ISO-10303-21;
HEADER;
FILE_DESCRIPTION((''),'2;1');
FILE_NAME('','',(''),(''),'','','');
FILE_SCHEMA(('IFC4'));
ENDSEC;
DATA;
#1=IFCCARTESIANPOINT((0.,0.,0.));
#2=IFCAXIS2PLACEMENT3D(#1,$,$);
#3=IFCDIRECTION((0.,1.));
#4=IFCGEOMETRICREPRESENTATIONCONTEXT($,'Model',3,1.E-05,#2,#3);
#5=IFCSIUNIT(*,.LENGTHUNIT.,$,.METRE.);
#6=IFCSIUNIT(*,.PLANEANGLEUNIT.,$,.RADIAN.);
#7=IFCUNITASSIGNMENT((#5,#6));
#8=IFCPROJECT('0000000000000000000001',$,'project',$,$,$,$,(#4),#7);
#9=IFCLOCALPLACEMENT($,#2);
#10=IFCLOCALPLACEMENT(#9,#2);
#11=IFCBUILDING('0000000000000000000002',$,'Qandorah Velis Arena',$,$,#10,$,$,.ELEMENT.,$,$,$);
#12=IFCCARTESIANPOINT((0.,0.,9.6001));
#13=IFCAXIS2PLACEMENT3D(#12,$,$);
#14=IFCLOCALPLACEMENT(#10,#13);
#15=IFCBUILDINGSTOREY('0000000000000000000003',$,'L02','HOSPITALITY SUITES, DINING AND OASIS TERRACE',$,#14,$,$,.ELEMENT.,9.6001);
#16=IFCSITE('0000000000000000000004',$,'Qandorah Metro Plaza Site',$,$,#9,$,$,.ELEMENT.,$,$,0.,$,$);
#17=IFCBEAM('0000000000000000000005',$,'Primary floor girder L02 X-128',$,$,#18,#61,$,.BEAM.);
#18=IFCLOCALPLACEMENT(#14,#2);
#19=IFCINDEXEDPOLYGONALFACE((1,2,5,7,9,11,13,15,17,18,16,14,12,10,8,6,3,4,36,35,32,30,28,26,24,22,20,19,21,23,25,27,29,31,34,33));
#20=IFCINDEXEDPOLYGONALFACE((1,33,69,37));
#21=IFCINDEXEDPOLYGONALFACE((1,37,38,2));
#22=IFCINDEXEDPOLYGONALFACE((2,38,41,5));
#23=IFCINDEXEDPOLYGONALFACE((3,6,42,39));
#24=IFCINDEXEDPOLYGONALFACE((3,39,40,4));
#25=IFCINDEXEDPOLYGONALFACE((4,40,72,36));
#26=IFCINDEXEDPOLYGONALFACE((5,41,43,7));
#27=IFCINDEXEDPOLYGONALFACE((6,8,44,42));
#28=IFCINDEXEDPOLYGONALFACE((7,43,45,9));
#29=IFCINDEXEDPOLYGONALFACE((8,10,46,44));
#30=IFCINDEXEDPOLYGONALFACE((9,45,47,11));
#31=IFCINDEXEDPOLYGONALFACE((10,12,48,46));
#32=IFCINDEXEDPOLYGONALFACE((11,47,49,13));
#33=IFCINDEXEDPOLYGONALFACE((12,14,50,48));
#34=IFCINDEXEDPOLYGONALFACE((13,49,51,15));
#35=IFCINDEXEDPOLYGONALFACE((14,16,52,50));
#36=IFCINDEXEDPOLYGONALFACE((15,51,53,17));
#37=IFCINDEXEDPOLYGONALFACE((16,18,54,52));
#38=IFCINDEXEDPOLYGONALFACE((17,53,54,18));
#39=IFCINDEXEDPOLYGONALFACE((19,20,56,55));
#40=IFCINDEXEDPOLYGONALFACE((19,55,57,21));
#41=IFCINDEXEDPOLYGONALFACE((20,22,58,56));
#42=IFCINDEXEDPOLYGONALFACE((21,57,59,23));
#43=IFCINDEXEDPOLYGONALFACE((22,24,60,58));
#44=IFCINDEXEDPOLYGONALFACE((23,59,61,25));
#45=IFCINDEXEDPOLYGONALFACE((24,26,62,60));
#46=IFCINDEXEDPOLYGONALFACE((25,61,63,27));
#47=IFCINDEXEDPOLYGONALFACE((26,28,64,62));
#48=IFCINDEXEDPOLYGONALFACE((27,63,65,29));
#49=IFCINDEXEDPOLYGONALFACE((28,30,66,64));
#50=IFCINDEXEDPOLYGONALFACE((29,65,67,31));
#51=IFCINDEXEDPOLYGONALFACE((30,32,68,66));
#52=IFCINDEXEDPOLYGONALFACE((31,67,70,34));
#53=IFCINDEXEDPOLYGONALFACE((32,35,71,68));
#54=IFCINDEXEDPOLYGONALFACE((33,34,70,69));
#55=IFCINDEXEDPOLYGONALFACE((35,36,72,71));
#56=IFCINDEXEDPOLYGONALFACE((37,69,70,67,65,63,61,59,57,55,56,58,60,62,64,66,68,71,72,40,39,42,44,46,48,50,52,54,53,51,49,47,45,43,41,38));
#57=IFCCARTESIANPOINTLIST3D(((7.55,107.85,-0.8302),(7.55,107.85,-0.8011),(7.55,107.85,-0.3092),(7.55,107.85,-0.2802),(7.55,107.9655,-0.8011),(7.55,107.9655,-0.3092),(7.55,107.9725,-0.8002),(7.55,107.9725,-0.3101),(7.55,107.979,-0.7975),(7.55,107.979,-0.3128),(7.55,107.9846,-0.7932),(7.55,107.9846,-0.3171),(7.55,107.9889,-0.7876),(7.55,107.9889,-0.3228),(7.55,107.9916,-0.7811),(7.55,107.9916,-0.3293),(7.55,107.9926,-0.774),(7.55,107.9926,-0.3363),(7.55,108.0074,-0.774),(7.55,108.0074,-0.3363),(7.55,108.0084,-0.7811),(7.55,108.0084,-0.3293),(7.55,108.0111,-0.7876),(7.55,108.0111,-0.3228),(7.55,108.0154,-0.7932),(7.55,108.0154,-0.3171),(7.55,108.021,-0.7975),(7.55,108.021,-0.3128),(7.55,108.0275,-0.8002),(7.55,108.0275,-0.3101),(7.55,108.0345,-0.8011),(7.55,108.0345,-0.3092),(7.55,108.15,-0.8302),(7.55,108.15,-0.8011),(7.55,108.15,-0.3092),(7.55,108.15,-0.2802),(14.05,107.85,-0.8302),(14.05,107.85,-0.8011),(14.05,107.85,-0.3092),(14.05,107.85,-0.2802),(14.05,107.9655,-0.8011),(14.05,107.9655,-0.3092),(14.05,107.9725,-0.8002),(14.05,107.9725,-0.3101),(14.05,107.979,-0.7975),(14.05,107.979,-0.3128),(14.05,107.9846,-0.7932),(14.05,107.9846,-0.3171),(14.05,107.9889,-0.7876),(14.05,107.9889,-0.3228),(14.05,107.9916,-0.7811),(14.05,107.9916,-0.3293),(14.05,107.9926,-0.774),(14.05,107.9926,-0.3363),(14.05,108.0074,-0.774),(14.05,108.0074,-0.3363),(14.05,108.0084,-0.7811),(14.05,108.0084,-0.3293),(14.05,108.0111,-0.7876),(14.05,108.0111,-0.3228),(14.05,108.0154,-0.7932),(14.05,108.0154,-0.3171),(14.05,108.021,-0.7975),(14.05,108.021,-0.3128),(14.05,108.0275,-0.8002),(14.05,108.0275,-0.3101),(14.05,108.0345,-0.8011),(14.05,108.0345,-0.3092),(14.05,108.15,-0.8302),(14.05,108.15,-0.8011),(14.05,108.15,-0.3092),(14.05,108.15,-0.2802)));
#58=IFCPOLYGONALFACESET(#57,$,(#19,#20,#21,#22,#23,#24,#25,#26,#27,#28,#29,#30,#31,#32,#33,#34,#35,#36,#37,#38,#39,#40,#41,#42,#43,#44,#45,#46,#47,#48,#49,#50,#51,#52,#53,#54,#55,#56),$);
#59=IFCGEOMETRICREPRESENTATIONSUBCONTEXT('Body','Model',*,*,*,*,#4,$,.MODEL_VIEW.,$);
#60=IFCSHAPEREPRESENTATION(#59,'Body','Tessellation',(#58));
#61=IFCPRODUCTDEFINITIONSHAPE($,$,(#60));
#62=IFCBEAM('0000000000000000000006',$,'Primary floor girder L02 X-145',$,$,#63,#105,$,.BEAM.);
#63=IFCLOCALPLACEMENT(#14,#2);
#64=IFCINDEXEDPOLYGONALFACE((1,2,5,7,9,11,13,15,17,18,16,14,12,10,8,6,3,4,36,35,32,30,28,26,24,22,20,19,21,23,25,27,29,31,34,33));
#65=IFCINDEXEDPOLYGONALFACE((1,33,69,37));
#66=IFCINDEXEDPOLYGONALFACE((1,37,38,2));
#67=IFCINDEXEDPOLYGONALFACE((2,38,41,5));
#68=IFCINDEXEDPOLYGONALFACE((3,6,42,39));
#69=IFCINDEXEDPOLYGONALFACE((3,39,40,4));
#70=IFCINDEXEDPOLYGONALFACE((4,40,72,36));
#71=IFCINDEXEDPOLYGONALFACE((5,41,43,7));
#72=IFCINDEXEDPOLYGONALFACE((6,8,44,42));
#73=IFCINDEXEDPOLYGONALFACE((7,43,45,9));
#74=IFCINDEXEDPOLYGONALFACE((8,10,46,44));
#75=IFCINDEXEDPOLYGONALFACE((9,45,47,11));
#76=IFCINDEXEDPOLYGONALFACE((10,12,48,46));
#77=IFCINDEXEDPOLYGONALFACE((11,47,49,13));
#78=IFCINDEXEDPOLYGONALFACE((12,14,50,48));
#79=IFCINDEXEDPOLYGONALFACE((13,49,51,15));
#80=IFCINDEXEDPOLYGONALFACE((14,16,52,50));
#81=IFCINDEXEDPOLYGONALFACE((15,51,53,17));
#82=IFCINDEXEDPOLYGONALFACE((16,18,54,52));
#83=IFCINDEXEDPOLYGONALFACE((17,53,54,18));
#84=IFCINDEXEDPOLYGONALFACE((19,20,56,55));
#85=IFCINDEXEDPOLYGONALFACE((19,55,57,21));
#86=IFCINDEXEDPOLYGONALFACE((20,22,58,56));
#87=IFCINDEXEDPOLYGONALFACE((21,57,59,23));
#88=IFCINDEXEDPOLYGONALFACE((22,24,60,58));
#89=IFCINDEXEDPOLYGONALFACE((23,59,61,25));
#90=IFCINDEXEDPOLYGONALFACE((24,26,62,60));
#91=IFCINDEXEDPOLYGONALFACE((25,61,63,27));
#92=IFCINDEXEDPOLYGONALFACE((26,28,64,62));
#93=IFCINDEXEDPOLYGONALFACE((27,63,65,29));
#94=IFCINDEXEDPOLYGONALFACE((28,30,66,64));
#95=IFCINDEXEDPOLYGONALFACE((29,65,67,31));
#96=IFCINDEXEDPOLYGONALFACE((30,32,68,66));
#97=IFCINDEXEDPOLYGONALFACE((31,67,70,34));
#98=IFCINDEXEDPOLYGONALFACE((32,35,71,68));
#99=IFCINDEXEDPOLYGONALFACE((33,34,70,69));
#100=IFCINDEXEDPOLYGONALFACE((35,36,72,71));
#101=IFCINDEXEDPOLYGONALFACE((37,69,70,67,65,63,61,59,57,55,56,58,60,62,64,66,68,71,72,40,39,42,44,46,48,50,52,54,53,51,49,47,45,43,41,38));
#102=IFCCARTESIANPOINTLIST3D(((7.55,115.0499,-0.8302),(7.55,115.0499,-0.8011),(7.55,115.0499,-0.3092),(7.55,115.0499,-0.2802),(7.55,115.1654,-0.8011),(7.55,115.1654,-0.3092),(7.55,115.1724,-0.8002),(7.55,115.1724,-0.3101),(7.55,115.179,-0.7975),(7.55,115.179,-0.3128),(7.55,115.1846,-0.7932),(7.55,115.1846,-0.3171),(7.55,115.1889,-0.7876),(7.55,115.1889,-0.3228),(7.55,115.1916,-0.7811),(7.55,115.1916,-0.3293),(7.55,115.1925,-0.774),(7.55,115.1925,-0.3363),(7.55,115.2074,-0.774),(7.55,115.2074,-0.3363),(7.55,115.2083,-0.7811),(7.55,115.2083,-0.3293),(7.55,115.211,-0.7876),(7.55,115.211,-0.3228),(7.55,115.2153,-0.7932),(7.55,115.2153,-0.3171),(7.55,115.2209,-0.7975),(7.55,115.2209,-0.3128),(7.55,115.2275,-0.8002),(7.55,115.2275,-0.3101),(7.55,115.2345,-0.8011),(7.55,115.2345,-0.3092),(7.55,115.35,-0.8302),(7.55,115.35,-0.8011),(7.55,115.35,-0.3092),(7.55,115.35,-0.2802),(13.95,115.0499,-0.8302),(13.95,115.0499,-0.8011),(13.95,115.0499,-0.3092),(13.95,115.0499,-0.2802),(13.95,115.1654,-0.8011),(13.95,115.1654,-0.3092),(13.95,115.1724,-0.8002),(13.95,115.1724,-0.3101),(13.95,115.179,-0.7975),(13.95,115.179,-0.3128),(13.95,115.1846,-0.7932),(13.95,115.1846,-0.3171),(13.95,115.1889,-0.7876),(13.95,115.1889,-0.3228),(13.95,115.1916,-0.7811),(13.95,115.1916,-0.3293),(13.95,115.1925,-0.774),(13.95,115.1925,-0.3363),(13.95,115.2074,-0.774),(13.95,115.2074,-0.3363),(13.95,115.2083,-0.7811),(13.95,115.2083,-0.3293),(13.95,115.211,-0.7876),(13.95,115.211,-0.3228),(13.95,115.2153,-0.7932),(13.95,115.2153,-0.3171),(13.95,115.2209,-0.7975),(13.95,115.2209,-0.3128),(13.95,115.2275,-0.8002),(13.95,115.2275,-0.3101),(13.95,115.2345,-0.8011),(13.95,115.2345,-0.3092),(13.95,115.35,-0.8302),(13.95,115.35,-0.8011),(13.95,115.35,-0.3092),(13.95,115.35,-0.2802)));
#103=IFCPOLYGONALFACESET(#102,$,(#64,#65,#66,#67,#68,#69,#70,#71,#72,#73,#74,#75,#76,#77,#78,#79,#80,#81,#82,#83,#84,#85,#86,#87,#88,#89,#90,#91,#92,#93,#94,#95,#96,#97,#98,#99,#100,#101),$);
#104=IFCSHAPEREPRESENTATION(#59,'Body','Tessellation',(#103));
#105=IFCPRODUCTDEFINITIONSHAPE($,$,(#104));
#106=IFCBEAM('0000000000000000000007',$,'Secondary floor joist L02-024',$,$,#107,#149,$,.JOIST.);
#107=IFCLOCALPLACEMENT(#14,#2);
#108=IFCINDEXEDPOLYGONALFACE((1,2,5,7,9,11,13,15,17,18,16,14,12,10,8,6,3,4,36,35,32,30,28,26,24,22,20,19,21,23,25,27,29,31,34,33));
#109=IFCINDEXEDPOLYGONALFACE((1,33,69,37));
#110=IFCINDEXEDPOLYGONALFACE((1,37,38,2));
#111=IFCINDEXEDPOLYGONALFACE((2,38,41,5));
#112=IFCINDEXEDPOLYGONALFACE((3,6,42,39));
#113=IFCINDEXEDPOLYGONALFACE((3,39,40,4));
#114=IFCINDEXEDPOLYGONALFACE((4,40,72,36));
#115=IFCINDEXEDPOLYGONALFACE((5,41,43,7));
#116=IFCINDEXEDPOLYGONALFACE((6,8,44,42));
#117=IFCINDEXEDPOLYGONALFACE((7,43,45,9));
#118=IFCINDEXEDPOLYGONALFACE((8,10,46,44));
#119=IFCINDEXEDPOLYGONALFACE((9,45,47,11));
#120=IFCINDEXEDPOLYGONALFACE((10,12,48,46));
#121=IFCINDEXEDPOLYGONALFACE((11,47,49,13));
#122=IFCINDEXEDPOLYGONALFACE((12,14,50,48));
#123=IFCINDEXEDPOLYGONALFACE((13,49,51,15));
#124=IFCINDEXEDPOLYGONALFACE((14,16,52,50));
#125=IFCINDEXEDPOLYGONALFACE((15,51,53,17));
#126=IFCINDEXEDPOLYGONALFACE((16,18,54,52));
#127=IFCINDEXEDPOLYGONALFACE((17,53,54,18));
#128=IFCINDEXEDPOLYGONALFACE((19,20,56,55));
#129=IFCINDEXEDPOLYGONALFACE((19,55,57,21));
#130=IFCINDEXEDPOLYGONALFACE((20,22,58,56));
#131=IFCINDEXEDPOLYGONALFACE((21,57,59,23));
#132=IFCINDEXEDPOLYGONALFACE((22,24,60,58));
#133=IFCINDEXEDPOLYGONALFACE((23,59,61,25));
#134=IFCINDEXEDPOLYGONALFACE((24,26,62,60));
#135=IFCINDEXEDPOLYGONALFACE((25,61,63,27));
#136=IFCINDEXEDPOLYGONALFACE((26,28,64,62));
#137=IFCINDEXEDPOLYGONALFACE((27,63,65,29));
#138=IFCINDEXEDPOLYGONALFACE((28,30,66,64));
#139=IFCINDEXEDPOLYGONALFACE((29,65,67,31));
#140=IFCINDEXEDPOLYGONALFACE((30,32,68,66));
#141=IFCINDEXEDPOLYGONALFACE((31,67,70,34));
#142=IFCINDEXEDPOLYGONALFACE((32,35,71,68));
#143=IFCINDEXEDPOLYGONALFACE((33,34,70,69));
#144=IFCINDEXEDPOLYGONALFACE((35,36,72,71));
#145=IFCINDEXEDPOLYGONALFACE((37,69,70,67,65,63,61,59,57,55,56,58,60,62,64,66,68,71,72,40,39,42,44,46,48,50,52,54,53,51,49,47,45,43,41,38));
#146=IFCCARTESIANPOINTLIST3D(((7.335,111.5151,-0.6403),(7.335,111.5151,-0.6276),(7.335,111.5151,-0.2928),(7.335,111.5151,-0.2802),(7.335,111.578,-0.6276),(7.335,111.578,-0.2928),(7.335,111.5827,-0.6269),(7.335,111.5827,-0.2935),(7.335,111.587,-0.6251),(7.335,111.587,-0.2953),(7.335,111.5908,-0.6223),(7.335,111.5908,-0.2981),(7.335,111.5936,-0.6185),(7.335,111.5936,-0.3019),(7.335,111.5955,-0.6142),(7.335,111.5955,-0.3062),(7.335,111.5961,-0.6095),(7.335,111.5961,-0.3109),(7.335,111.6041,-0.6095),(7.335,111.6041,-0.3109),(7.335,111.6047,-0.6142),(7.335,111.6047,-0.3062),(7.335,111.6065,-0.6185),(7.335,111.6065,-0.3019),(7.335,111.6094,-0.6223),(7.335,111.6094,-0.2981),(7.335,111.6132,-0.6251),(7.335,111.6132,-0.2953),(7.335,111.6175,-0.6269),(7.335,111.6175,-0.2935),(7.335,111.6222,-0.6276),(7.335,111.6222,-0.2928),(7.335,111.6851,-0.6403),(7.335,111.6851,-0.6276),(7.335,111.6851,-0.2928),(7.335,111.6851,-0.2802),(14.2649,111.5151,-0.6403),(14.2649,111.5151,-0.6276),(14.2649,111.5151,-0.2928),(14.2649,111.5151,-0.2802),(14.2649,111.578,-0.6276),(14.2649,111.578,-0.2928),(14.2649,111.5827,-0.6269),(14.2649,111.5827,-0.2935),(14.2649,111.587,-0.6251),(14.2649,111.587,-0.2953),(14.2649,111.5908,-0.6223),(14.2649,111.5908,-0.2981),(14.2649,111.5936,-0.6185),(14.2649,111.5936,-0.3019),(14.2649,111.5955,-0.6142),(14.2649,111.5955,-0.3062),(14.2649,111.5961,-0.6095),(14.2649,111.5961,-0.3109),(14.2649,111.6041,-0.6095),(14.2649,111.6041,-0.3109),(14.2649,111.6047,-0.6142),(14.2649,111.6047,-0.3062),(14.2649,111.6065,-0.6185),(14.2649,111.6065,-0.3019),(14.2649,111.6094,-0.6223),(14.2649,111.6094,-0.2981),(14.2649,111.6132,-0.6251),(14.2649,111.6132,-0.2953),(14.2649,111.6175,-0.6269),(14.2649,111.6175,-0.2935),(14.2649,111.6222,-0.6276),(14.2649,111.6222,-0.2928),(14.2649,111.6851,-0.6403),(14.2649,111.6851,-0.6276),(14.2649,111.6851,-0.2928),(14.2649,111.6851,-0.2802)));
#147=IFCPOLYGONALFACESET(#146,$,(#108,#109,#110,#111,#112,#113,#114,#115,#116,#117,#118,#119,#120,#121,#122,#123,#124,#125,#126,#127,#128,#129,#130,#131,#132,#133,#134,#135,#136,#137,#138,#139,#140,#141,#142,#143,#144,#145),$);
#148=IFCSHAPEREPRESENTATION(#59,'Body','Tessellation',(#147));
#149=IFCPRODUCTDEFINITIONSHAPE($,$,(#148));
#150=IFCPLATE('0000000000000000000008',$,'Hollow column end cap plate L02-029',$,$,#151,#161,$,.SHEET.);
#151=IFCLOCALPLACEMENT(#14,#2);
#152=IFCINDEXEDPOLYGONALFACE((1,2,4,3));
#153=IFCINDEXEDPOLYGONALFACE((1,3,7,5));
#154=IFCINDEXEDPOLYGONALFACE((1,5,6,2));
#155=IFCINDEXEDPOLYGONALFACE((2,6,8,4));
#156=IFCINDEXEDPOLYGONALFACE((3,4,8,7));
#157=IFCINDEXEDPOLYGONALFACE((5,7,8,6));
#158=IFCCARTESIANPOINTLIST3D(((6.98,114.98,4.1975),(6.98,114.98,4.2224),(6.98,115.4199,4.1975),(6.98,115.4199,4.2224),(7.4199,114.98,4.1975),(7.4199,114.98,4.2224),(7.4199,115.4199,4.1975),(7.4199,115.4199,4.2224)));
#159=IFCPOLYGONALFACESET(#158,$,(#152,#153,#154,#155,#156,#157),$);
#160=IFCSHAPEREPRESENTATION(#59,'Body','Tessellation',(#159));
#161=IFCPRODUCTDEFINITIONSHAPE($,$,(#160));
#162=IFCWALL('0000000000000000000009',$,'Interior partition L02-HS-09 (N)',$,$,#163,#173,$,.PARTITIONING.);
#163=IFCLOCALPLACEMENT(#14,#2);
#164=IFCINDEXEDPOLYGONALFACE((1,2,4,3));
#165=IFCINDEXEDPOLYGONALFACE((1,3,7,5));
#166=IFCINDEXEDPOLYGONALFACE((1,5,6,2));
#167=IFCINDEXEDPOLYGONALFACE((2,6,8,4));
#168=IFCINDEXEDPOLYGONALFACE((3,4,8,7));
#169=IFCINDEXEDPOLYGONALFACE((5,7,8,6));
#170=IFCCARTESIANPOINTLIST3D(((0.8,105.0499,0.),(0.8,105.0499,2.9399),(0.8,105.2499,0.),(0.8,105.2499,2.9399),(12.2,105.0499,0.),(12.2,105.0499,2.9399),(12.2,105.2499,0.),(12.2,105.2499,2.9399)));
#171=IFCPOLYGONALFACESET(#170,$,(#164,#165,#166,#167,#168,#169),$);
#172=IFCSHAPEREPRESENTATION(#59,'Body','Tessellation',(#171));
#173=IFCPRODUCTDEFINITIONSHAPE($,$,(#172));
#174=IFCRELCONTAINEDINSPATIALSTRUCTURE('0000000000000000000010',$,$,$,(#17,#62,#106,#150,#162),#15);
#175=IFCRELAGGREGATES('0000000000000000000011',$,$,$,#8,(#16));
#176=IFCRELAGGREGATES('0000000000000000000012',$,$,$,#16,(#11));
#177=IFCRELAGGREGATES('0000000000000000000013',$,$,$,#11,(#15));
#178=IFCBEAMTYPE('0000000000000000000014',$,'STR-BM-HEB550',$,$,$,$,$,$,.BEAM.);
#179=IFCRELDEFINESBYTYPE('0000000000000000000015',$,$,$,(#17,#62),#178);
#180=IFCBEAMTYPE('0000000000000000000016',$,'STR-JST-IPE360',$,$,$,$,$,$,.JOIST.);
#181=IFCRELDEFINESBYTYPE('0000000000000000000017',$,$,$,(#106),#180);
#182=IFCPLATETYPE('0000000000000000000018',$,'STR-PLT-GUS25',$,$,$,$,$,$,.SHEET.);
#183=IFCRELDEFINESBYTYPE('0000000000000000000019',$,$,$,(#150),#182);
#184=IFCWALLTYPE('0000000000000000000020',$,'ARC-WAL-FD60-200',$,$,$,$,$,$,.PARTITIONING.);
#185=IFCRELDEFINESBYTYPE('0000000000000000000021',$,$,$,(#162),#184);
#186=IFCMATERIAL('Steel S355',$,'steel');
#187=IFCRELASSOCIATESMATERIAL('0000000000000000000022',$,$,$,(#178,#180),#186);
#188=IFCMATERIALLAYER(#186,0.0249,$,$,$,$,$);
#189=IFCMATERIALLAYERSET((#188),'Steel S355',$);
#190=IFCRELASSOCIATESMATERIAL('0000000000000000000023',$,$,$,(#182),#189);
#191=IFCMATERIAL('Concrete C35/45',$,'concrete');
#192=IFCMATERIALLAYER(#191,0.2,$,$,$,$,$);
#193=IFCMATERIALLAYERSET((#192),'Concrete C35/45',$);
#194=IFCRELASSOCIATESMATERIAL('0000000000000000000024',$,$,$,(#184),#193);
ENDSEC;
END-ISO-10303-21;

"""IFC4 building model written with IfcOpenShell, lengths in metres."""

from ifc_helpers import new_model, si_unit, direction, frame, frame_2d, origin, origin_2d, place, context, subcontext, project, spatial, rectangle, i_section, extrude, material, layer, layer_set, material_profile, profile_set, type_object, element, save


model = new_model("IFC4")

# Units and contexts
model_context = context("Model", 3, precision=1e-05, world=origin(), true_north=direction((0.0, 1.0)))
body_context = subcontext(model_context, "Body", "Model", "MODEL_VIEW")
ifc_project = project(units=[si_unit("LENGTHUNIT", "METRE"), si_unit("PLANEANGLEUNIT", "RADIAN")], contexts=[model_context])

# Site, building, storey
site_placement = place(None, origin())
site = spatial("IfcSite", under=ifc_project, at=site_placement, Name="Qandorah Metro Plaza Site", CompositionType="ELEMENT", RefElevation=0.0)
building_placement = place(site_placement, origin())
building = spatial("IfcBuilding", under=site, at=building_placement, Name="Qandorah Velis Arena", CompositionType="ELEMENT")
storey_placement = place(building_placement, frame((0.0, 0.0, 9.6001)))
storey = spatial("IfcBuildingStorey", under=building, at=storey_placement, Name="L02", Description="HOSPITALITY SUITES, DINING AND OASIS TERRACE", CompositionType="ELEMENT", Elevation=9.6001)

# Shared definitions
ifc_material_1 = material(Name="Steel S355", Category="steel")

# Beams
ifc_material_profile_1 = material_profile(ifc_material_1, i_section(OverallWidth=0.3, OverallDepth=0.55, WebThickness=0.0149, FlangeThickness=0.0291, FilletRadius=0.0271, at=origin_2d()), Name="HEB 550")
ifc_profile_set_1 = profile_set([ifc_material_profile_1], Name="Steel S355")
beam_type_1 = type_object("IfcBeamType", Name="STR-BM-HEB550", PredefinedType="BEAM", material=ifc_profile_set_1)
beam_1_placement = place(storey_placement, frame((7.55, 108.0, -0.5552), z_axis=(1.0, 0.0, 0.0), x_axis=(0.0, 1.0, 0.0)))
element("IfcBeam", 1, at=beam_1_placement, inside=storey, type_object=beam_type_1, Name="Primary floor girder L02 X-128", PredefinedType="BEAM", context=body_context, shape_type="SweptSolid", body=[
    extrude(i_section(OverallWidth=0.3, OverallDepth=0.55, WebThickness=0.0149, FlangeThickness=0.0291, FilletRadius=0.0271, at=origin_2d()), origin(), (0.0, 0.0, 1.0), 6.5),
])
beam_2_placement = place(storey_placement, frame((7.55, 115.2, -0.5552), z_axis=(1.0, 0.0, 0.0), x_axis=(0.0, 1.0, 0.0)))
element("IfcBeam", 2, at=beam_2_placement, inside=storey, type_object=beam_type_1, Name="Primary floor girder L02 X-145", PredefinedType="BEAM", context=body_context, shape_type="SweptSolid", body=[
    extrude(i_section(OverallWidth=0.3, OverallDepth=0.55, WebThickness=0.0149, FlangeThickness=0.0291, FilletRadius=0.0271, at=origin_2d()), origin(), (0.0, 0.0, 1.0), 6.3999),
])
ifc_material_profile_2 = material_profile(ifc_material_1, i_section(OverallWidth=0.1699, OverallDepth=0.3601, WebThickness=0.0081, FlangeThickness=0.0127, FilletRadius=0.0181, at=origin_2d()), Name="IPE 360")
ifc_profile_set_2 = profile_set([ifc_material_profile_2], Name="Steel S355")
beam_type_2 = type_object("IfcBeamType", Name="STR-JST-IPE360", PredefinedType="JOIST", material=ifc_profile_set_2)
beam_3_placement = place(storey_placement, frame((7.335, 111.6001, -0.4602), z_axis=(1.0, 0.0, 0.0), x_axis=(0.0, 1.0, 0.0)))
element("IfcBeam", 3, at=beam_3_placement, inside=storey, type_object=beam_type_2, Name="Secondary floor joist L02-024", PredefinedType="JOIST", context=body_context, shape_type="SweptSolid", body=[
    extrude(i_section(OverallWidth=0.1699, OverallDepth=0.3601, WebThickness=0.0081, FlangeThickness=0.0127, FilletRadius=0.0181, at=origin_2d()), origin(), (0.0, 0.0, 1.0), 6.9299),
])

# Plate
ifc_layer_1 = layer(ifc_material_1, 0.0249)
ifc_layer_set_1 = layer_set([ifc_layer_1], Name="Steel S355")
plate_type = type_object("IfcPlateType", Name="STR-PLT-GUS25", PredefinedType="SHEET", material=ifc_layer_set_1)
plate_placement = place(storey_placement, frame((7.2, 115.2, 4.1975), z_axis=(0.0, 0.0, 1.0), x_axis=(1.0, 0.0, 0.0)))
element("IfcPlate", 4, at=plate_placement, inside=storey, type_object=plate_type, Name="Hollow column end cap plate L02-029", PredefinedType="SHEET", context=body_context, shape_type="SweptSolid", body=[
    extrude(rectangle(XDim=0.4399, YDim=0.4399, at=origin_2d()), origin(), (0.0, 0.0, 1.0), 0.0249),
])

# Wall
ifc_material_2 = material(Name="Concrete C35/45", Category="concrete")
ifc_layer_2 = layer(ifc_material_2, 0.2)
ifc_layer_set_2 = layer_set([ifc_layer_2], Name="Concrete C35/45")
wall_type_1 = type_object("IfcWallType", Name="ARC-WAL-FD60-200", PredefinedType="PARTITIONING", material=ifc_layer_set_2)
wall_1_placement = place(storey_placement, frame((12.2, 105.1499, 0.0), z_axis=(0.0, 0.0, 1.0), x_axis=(-1.0, 0.0, 0.0)))
element("IfcWall", 5, at=wall_1_placement, inside=storey, type_object=wall_type_1, Name="Interior partition L02-HS-09 (N)", PredefinedType="PARTITIONING", context=body_context, shape_type="SweptSolid", body=[
    extrude(rectangle(XDim=11.3999, YDim=0.2, at=frame_2d((5.7, 0.0))), origin(), (0.0, 0.0, 1.0), 2.9399),
])

save(model, "model.ifc")
